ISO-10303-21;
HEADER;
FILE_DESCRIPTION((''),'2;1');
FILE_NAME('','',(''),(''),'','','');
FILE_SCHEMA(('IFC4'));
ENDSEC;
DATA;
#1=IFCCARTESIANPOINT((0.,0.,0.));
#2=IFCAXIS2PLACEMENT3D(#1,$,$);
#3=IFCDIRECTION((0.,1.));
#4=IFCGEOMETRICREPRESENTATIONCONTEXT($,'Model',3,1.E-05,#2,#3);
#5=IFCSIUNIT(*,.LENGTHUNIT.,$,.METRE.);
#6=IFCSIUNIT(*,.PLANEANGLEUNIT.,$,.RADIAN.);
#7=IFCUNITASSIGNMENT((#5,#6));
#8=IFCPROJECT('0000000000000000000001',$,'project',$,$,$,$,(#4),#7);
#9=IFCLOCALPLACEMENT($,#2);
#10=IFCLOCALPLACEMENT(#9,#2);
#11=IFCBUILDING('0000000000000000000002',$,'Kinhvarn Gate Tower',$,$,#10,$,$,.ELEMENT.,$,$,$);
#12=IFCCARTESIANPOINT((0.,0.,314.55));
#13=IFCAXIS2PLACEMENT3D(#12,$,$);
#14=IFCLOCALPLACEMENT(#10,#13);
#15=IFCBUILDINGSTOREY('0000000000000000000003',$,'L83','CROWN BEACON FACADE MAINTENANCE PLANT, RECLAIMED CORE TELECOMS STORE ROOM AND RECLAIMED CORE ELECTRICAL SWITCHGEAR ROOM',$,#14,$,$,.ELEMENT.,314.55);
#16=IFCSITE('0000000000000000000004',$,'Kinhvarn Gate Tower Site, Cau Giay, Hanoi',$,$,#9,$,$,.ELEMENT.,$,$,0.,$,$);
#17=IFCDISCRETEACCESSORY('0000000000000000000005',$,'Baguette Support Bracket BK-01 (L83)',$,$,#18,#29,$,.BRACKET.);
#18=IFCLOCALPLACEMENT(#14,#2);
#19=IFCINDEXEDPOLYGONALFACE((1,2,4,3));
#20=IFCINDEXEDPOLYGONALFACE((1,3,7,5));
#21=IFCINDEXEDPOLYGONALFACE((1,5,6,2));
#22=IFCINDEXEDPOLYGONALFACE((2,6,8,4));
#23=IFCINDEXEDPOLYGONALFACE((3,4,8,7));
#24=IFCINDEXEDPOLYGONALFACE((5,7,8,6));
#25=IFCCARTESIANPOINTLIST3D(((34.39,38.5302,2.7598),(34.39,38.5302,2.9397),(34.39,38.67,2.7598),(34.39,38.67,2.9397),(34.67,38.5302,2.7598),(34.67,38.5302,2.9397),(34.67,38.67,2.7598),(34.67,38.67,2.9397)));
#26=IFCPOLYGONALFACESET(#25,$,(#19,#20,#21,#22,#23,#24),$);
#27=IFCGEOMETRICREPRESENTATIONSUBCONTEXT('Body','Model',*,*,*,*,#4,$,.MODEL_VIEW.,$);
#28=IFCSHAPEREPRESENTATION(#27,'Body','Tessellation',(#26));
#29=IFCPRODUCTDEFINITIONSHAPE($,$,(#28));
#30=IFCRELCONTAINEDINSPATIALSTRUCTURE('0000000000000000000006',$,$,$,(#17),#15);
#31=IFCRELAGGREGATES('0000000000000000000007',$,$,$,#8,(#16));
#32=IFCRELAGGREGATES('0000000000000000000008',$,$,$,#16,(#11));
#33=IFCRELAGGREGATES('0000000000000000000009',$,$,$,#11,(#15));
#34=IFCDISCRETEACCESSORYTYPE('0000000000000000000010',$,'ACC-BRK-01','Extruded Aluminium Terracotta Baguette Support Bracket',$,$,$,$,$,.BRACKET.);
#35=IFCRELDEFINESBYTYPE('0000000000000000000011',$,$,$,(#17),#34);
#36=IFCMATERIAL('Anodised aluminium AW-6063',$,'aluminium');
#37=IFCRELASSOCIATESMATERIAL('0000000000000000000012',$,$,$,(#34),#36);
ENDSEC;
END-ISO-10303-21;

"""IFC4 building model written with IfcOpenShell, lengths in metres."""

from ifc_helpers import new_model, si_unit, direction, frame, origin, origin_2d, place, context, subcontext, project, spatial, rectangle, extrude, material, type_object, element, save


model = new_model("IFC4")

# Units and contexts
model_context = context("Model", 3, precision=1e-05, world=origin(), true_north=direction((0.0, 1.0)))
body_context = subcontext(model_context, "Body", "Model", "MODEL_VIEW")
ifc_project = project(units=[si_unit("LENGTHUNIT", "METRE"), si_unit("PLANEANGLEUNIT", "RADIAN")], contexts=[model_context])

# Site, building, storey
site_placement = place(None, origin())
site = spatial("IfcSite", under=ifc_project, at=site_placement, Name="Kinhvarn Gate Tower Site, Cau Giay, Hanoi", CompositionType="ELEMENT", RefElevation=0.0)
building_placement = place(site_placement, origin())
building = spatial("IfcBuilding", under=site, at=building_placement, Name="Kinhvarn Gate Tower", CompositionType="ELEMENT")
storey_placement = place(building_placement, frame((0.0, 0.0, 314.55)))
storey = spatial("IfcBuildingStorey", under=building, at=storey_placement, Name="L83", Description="CROWN BEACON FACADE MAINTENANCE PLANT, RECLAIMED CORE TELECOMS STORE ROOM AND RECLAIMED CORE ELECTRICAL SWITCHGEAR ROOM", CompositionType="ELEMENT", Elevation=314.55)

# Shared definitions
ifc_material_1 = material(Name="Anodised aluminium AW-6063", Category="aluminium")

# Discrete accessory
discrete_accessory_type = type_object("IfcDiscreteAccessoryType", Name="ACC-BRK-01", Description="Extruded Aluminium Terracotta Baguette Support Bracket", PredefinedType="BRACKET", material=ifc_material_1)
for number, where, z_axis, x_axis, name in (
    (1, (34.53, 38.6001, 2.7598), (0.0, 0.0, 1.0), (0.0, 1.0, 0.0), "Baguette Support Bracket BK-01 (L83)"),
):
    element("IfcDiscreteAccessory", number, at=place(storey_placement, frame(where, z_axis=z_axis, x_axis=x_axis)), inside=storey, type_object=discrete_accessory_type, Name=name, PredefinedType="BRACKET", context=body_context, shape_type="SweptSolid", body=[
        extrude(rectangle(XDim=0.1399, YDim=0.28, at=origin_2d()), origin(), (0.0, 0.0, 1.0), 0.1799),
    ])

save(model, "model.ifc")
